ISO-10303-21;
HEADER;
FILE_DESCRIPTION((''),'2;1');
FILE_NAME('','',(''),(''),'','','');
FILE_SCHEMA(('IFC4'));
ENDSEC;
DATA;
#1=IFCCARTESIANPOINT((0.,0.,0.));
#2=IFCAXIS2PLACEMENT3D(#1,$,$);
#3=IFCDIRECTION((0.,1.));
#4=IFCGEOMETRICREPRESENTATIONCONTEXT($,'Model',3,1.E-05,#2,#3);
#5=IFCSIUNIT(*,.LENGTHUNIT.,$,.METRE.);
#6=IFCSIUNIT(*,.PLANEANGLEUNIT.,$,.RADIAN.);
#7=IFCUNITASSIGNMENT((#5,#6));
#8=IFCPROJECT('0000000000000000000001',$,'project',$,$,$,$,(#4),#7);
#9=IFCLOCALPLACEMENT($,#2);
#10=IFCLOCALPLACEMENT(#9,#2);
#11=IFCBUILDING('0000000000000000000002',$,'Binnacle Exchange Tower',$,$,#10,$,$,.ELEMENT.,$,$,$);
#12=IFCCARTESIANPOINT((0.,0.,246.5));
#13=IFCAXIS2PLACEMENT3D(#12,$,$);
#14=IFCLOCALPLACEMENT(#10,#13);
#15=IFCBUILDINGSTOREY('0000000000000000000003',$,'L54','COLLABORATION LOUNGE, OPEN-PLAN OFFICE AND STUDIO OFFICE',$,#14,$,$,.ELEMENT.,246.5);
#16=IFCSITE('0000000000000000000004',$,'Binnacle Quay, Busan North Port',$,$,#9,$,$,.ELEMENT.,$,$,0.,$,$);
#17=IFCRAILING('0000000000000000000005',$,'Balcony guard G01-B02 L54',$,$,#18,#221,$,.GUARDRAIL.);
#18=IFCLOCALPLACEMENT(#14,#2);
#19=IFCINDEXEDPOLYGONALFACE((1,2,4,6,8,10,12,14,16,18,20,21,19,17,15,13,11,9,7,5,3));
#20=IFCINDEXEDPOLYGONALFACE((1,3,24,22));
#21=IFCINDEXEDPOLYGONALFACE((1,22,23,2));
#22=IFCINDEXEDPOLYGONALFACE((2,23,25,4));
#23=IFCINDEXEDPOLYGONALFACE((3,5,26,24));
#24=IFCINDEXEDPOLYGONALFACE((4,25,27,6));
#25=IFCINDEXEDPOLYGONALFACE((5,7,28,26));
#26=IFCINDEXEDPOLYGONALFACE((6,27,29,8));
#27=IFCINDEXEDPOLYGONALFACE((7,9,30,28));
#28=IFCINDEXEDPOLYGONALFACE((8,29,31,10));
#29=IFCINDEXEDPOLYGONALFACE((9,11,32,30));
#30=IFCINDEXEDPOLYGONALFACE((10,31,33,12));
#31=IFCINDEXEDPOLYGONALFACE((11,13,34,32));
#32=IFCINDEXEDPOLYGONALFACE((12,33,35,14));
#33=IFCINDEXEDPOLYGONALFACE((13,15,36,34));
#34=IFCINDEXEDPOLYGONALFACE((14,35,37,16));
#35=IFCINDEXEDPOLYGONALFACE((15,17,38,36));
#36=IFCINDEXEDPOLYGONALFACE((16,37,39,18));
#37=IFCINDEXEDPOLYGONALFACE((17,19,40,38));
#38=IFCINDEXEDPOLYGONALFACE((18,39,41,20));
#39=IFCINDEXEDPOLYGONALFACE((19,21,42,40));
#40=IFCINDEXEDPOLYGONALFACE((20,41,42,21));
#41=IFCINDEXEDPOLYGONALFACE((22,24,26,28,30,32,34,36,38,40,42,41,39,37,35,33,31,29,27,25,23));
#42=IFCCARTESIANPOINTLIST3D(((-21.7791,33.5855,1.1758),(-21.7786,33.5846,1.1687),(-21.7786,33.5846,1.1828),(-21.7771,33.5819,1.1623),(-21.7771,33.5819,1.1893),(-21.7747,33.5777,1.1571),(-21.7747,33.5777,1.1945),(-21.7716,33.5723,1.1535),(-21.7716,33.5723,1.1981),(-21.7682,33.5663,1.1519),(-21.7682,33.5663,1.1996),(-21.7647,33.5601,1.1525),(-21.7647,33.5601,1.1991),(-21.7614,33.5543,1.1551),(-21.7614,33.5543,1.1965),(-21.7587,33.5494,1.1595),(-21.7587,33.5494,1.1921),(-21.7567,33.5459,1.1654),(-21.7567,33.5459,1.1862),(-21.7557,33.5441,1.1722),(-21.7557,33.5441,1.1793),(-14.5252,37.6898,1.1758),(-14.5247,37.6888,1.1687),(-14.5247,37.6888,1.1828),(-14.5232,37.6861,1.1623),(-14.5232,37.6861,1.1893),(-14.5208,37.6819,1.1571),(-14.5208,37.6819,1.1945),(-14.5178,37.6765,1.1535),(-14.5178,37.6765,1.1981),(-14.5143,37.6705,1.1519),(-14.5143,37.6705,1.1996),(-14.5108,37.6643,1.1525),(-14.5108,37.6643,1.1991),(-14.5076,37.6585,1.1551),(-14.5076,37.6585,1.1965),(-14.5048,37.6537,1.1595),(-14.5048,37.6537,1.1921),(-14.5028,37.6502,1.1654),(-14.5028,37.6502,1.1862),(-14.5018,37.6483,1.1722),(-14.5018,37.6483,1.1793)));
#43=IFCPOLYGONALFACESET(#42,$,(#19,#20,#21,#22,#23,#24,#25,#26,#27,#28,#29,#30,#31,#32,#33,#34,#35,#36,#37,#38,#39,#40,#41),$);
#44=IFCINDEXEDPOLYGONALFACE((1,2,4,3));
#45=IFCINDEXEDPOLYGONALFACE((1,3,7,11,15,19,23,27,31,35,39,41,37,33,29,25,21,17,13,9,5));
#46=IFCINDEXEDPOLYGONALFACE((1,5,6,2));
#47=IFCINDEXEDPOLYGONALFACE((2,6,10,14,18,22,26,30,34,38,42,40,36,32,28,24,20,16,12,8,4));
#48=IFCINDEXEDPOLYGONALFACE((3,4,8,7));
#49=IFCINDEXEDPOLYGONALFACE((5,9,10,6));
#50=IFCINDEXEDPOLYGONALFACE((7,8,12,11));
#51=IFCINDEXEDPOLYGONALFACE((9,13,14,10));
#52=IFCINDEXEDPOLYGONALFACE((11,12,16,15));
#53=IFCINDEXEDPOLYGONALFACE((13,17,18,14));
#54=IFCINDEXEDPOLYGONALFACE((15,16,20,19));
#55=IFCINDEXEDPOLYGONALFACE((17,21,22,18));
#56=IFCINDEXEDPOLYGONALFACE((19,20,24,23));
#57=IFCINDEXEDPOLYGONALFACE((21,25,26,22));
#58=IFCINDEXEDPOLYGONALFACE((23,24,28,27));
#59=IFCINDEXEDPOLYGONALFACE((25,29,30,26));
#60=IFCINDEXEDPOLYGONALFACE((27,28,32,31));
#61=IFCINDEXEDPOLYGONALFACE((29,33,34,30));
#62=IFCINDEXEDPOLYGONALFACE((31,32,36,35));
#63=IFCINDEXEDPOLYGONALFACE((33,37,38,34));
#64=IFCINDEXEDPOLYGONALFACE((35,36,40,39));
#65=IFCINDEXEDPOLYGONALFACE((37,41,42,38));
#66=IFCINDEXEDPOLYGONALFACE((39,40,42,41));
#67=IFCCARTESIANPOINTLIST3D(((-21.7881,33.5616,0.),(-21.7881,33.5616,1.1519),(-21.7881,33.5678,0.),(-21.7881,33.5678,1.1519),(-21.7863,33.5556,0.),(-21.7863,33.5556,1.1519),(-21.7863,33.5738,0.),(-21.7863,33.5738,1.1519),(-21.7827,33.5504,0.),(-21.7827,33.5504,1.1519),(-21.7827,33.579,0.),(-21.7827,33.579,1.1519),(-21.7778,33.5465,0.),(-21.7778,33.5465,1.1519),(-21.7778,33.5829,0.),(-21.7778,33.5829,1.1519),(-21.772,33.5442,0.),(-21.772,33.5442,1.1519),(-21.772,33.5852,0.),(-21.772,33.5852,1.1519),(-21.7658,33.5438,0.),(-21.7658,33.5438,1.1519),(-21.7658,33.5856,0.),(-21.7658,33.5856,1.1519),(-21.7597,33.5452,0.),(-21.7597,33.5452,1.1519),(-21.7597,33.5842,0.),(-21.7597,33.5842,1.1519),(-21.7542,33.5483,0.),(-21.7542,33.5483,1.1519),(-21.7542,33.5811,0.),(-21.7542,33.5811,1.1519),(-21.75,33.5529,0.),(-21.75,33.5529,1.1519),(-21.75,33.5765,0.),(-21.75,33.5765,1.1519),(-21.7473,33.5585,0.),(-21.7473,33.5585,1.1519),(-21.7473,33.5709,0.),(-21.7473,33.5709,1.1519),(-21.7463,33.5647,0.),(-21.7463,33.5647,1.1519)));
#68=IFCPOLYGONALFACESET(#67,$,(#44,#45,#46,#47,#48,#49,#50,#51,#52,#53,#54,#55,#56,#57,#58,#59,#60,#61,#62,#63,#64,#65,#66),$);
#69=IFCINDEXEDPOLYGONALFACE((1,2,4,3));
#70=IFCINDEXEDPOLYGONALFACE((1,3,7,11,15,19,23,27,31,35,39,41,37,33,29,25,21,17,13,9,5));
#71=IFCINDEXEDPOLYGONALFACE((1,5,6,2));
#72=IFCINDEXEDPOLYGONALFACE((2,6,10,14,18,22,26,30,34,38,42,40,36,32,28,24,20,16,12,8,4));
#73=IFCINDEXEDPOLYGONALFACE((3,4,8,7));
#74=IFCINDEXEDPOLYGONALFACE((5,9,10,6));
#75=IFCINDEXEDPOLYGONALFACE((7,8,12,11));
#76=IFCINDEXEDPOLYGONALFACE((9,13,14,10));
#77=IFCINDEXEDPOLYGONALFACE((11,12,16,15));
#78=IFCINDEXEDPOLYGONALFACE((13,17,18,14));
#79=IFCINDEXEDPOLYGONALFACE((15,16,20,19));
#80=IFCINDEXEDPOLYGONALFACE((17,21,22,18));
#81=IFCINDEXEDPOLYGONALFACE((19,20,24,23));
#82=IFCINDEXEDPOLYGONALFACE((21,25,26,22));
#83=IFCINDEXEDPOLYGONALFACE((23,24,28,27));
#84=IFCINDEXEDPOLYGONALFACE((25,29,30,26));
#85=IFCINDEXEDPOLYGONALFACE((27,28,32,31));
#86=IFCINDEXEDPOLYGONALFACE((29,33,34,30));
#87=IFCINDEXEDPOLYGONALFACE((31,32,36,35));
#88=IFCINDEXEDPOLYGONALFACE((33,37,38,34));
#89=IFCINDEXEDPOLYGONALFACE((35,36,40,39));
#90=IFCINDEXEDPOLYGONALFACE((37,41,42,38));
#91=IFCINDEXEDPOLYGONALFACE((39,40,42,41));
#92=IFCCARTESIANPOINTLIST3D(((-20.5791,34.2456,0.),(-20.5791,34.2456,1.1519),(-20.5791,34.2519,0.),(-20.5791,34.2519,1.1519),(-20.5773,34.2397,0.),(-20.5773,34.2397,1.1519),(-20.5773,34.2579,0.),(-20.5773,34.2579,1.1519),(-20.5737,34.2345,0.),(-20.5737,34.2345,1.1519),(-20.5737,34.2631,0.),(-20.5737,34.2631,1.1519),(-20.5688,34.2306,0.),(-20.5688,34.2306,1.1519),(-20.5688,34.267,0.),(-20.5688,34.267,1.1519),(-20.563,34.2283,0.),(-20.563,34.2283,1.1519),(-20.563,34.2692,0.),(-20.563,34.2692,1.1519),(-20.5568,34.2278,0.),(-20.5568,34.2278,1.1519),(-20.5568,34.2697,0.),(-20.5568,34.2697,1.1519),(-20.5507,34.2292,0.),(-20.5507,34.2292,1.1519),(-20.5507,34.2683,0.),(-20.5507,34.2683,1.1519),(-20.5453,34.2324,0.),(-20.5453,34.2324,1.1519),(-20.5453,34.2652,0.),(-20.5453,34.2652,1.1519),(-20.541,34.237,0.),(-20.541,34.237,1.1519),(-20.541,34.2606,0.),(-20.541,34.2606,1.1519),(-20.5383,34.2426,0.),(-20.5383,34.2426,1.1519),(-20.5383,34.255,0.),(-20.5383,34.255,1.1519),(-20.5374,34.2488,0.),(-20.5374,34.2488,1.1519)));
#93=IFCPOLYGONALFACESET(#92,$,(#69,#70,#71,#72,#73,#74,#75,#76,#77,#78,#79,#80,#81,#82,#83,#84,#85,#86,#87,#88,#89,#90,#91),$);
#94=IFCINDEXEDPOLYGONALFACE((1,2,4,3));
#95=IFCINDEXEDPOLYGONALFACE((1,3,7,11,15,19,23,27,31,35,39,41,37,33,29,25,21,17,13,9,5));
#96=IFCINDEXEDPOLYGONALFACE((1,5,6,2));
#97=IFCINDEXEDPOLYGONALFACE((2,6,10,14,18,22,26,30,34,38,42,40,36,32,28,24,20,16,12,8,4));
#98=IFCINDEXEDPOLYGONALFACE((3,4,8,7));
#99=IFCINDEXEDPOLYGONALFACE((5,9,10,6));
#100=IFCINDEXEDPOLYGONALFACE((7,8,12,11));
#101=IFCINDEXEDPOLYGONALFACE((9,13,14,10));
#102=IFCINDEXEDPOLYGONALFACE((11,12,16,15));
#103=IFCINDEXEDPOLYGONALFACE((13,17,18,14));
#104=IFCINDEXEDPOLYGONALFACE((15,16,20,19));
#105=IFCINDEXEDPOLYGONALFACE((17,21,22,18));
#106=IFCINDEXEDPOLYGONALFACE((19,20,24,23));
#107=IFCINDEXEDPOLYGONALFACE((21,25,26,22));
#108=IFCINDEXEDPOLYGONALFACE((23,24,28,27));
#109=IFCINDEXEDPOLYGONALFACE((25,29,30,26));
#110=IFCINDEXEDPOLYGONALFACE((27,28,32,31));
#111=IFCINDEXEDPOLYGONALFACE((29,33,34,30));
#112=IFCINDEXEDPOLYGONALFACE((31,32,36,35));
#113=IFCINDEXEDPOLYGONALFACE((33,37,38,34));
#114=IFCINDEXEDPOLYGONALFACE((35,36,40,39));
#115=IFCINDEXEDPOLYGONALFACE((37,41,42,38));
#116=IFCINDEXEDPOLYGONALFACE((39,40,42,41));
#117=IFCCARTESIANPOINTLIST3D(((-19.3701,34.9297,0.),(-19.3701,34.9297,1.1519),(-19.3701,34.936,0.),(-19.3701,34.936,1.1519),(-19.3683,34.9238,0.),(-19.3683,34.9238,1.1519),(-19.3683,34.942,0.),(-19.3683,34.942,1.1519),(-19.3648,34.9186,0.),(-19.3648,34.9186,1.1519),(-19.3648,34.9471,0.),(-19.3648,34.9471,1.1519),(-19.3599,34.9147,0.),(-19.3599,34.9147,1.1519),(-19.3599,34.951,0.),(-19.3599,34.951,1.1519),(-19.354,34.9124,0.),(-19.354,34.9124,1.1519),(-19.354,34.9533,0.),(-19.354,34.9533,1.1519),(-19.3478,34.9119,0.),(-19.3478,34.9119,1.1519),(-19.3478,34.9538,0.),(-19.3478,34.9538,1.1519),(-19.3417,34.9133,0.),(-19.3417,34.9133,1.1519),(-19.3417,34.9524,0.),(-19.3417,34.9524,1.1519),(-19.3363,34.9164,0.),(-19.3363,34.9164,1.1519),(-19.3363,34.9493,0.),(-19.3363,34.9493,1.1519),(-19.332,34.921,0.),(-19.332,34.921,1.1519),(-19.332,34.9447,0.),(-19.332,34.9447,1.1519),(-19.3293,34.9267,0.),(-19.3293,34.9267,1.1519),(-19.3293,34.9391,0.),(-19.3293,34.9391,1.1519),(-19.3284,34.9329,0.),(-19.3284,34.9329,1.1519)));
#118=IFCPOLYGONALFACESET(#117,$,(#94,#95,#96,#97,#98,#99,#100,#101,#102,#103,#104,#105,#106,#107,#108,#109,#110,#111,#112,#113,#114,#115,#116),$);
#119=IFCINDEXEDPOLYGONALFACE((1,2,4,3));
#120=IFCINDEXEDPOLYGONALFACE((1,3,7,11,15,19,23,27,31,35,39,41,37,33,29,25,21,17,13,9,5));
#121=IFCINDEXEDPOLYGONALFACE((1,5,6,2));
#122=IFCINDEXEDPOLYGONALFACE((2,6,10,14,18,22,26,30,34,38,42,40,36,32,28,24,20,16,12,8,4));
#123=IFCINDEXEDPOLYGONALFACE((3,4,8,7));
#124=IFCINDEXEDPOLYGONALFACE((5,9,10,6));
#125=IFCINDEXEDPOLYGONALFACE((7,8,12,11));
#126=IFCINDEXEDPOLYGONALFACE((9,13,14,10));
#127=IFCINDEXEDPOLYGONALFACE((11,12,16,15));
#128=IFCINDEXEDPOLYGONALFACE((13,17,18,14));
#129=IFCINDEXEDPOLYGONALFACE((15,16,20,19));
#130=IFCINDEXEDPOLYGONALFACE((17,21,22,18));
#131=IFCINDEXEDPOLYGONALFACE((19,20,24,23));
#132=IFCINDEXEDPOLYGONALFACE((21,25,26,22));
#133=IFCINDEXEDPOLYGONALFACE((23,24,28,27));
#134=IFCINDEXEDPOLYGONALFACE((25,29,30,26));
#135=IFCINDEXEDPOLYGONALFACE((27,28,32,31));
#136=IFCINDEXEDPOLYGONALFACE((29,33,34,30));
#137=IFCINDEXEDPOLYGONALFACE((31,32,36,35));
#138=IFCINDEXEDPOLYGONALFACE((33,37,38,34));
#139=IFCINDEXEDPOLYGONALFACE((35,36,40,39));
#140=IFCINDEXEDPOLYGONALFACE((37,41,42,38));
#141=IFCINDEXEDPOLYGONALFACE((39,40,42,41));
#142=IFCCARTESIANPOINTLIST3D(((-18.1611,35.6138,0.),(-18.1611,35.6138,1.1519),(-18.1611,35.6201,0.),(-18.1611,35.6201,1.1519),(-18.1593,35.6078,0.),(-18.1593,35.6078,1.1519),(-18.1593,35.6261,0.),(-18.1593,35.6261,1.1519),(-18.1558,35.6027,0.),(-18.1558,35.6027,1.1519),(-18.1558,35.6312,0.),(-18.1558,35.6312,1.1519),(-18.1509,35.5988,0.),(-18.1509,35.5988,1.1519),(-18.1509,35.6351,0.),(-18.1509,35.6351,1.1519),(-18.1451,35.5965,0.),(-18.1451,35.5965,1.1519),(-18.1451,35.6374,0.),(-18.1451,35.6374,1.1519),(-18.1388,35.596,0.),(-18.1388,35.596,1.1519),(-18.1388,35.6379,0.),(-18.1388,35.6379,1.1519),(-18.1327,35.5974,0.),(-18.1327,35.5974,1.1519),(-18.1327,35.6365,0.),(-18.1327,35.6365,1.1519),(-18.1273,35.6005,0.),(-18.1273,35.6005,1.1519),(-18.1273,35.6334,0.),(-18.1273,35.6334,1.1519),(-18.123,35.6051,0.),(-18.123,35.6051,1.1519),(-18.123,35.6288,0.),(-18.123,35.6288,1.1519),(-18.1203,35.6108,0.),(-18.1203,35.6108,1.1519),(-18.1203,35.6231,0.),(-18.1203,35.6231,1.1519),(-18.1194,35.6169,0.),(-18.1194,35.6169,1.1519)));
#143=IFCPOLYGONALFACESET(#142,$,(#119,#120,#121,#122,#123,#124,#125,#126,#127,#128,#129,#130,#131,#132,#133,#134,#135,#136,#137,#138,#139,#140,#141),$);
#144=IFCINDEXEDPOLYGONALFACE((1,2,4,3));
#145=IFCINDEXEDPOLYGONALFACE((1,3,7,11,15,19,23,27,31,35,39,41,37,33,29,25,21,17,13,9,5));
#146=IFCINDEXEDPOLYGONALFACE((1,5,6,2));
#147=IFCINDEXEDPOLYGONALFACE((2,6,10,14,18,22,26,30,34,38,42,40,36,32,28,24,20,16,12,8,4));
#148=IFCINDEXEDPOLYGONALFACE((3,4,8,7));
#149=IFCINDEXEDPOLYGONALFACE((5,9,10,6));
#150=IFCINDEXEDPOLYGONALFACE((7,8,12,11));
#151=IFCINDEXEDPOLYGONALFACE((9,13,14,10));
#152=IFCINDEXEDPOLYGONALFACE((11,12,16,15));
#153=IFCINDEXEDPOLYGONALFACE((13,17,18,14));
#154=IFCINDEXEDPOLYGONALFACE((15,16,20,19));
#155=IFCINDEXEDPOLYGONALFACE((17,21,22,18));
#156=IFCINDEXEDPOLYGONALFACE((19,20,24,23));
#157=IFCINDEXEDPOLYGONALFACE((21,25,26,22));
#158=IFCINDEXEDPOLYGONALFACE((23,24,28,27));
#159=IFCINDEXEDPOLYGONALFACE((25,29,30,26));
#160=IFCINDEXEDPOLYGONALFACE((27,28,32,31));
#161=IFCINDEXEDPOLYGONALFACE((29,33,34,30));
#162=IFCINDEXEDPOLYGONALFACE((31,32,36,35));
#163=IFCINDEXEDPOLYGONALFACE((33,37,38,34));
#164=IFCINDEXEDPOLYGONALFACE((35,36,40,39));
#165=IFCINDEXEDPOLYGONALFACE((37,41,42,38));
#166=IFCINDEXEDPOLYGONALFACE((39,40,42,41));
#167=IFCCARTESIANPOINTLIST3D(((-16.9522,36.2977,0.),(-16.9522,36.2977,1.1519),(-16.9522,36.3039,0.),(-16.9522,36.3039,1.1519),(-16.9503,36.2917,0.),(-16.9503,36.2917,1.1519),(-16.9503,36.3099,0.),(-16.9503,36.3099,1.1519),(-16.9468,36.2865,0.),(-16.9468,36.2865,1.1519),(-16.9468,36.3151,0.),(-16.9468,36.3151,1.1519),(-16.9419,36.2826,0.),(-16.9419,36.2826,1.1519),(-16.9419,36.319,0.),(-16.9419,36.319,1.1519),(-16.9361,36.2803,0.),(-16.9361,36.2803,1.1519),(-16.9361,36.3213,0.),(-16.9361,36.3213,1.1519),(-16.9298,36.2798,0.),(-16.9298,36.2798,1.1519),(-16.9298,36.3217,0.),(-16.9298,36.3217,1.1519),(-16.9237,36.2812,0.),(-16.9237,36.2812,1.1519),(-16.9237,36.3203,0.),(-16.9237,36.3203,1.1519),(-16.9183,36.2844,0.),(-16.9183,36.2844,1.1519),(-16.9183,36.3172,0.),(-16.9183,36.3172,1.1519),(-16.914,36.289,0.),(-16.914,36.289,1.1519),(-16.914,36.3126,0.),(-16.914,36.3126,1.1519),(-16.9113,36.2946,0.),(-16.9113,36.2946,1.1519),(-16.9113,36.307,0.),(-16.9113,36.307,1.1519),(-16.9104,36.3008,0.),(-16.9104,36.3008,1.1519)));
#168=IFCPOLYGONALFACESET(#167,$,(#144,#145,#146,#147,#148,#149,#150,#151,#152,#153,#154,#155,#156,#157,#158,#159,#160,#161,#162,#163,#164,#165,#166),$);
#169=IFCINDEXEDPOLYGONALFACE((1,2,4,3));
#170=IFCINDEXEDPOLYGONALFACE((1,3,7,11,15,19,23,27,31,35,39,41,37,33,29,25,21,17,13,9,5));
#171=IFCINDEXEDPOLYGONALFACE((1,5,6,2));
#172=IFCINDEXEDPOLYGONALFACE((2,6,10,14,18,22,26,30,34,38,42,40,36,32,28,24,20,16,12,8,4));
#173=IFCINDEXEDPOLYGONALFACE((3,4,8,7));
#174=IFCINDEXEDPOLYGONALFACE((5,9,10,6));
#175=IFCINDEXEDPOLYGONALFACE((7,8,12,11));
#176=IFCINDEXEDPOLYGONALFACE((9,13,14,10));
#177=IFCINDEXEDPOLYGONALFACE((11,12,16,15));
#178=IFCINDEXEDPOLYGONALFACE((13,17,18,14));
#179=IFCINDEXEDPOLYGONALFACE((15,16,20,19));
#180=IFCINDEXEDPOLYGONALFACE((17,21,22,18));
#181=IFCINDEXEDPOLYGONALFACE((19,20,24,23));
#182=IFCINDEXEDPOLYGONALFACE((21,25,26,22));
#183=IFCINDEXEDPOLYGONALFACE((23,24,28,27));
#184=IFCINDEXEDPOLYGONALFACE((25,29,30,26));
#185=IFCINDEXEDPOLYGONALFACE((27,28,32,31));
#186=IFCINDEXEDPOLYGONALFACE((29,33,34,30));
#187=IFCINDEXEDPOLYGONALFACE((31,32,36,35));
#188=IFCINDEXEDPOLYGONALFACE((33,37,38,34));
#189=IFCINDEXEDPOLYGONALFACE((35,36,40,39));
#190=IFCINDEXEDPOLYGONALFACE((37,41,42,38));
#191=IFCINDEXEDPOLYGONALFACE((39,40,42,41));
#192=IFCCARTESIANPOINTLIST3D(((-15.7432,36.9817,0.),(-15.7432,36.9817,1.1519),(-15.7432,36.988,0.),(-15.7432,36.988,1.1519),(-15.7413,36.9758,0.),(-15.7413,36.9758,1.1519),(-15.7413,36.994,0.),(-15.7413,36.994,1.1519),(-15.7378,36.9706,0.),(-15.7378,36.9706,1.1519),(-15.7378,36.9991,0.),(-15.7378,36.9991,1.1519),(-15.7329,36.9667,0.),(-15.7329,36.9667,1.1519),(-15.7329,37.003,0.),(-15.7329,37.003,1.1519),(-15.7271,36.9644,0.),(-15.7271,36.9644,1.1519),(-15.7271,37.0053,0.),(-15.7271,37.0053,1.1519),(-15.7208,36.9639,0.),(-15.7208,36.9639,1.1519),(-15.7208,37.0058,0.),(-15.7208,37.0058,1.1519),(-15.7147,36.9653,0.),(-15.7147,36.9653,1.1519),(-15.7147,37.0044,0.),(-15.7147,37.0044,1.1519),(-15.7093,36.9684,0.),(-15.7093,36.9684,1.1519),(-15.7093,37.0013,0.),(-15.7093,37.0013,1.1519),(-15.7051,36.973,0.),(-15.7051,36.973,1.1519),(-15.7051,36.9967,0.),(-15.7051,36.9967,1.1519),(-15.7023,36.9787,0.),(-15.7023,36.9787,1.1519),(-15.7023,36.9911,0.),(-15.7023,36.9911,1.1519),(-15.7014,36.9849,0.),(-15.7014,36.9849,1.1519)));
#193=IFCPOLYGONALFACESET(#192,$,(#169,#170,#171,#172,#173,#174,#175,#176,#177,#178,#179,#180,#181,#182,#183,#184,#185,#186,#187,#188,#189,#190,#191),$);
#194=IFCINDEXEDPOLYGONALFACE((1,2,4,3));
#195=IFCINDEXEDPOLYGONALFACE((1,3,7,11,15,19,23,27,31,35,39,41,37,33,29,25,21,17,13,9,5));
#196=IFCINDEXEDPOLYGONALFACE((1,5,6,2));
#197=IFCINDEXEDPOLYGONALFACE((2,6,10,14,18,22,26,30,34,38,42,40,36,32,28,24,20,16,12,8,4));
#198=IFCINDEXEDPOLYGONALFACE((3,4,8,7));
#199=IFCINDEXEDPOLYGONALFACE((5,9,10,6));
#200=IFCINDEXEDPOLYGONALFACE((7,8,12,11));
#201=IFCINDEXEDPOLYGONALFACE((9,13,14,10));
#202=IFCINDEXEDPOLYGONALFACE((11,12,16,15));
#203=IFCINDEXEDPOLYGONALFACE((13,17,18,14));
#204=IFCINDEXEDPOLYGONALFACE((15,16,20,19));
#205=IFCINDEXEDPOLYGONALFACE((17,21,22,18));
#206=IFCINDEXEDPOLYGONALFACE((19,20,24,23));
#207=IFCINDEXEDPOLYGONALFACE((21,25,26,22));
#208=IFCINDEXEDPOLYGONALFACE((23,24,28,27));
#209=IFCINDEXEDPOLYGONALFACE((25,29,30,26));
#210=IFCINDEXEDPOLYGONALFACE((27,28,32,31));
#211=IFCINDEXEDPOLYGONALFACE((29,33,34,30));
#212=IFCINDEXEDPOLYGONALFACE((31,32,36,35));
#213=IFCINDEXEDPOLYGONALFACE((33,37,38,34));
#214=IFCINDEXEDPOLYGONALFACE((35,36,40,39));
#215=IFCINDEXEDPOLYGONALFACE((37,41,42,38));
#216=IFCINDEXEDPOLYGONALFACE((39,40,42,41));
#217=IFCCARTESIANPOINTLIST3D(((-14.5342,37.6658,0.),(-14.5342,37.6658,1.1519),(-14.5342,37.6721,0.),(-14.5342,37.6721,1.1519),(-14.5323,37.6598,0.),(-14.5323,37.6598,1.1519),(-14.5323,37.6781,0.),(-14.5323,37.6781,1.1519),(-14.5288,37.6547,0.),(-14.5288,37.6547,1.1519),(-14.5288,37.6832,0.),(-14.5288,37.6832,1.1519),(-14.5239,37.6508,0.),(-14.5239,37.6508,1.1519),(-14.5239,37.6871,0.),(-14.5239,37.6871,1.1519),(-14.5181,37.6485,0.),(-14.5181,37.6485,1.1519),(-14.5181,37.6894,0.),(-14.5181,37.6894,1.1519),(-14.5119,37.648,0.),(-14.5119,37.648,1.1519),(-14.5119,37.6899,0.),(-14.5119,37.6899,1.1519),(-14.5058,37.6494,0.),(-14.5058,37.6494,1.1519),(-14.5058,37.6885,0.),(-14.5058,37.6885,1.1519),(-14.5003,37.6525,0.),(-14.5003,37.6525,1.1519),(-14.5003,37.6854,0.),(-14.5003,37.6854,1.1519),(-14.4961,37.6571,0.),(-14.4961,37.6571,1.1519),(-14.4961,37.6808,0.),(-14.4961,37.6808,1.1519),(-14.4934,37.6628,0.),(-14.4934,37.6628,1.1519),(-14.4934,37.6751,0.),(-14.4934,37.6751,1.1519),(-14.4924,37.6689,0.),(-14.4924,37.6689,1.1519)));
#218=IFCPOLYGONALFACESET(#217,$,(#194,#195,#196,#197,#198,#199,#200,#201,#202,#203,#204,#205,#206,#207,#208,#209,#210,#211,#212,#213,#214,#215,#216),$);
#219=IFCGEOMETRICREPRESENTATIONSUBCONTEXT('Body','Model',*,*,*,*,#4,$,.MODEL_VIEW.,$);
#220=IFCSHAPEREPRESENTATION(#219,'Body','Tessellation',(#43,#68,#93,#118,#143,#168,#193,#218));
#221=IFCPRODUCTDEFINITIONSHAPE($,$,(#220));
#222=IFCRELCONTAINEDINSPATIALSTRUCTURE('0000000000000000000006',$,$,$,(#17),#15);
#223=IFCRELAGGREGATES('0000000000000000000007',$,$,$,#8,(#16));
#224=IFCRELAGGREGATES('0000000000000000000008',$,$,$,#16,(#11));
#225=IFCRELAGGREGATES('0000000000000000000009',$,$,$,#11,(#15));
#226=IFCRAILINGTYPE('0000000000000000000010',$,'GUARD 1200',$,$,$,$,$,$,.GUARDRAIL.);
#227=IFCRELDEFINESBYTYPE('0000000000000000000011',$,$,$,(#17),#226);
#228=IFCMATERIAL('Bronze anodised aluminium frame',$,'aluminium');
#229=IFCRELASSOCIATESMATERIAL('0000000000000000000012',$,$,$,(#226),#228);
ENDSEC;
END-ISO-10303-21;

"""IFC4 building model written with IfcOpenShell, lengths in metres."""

from ifc_helpers import new_model, si_unit, direction, frame, origin, origin_2d, place, context, subcontext, project, spatial, circle, extrude, material, type_object, element, save


model = new_model("IFC4")

# Units and contexts
model_context = context("Model", 3, precision=1e-05, world=origin(), true_north=direction((0.0, 1.0)))
body_context = subcontext(model_context, "Body", "Model", "MODEL_VIEW")
ifc_project = project(units=[si_unit("LENGTHUNIT", "METRE"), si_unit("PLANEANGLEUNIT", "RADIAN")], contexts=[model_context])

# Site, building, storey
site_placement = place(None, origin())
site = spatial("IfcSite", under=ifc_project, at=site_placement, Name="Binnacle Quay, Busan North Port", CompositionType="ELEMENT", RefElevation=0.0)
building_placement = place(site_placement, origin())
building = spatial("IfcBuilding", under=site, at=building_placement, Name="Binnacle Exchange Tower", CompositionType="ELEMENT")
storey_placement = place(building_placement, frame((0.0, 0.0, 246.5)))
storey = spatial("IfcBuildingStorey", under=building, at=storey_placement, Name="L54", Description="COLLABORATION LOUNGE, OPEN-PLAN OFFICE AND STUDIO OFFICE", CompositionType="ELEMENT", Elevation=246.5)

# Railing
ifc_material_1 = material(Name="Bronze anodised aluminium frame", Category="aluminium")
railing_type = type_object("IfcRailingType", Name="GUARD 1200", PredefinedType="GUARDRAIL", material=ifc_material_1)
railing_placement = place(storey_placement, frame((-21.7673, 33.5647, 0.0)))
element("IfcRailing", 1, at=railing_placement, inside=storey, type_object=railing_type, Name="Balcony guard G01-B02 L54", PredefinedType="GUARDRAIL", context=body_context, shape_type="SweptSolid", body=[
    extrude(circle(Radius=0.0239, at=origin_2d()), frame((0.0, 0.0, 1.1758), z_axis=(0.870346, 0.49244, 0.0), x_axis=(-0.49244, 0.870346, 0.0)), (0.0, 0.0, 1.0), 8.3345),
    extrude(circle(Radius=0.021, at=origin_2d()), origin(), (0.0, 0.0, 1.0), 1.1519),
    extrude(circle(Radius=0.021, at=origin_2d()), frame((1.209, 0.6841, 0.0)), (0.0, 0.0, 1.0), 1.1519),
    extrude(circle(Radius=0.021, at=origin_2d()), frame((2.418, 1.3682, 0.0)), (0.0, 0.0, 1.0), 1.1519),
    extrude(circle(Radius=0.021, at=origin_2d()), frame((3.627, 2.0522, 0.0)), (0.0, 0.0, 1.0), 1.1519),
    extrude(circle(Radius=0.021, at=origin_2d()), frame((4.8359, 2.7361, 0.0)), (0.0, 0.0, 1.0), 1.1519),
    extrude(circle(Radius=0.021, at=origin_2d()), frame((6.0449, 3.4202, 0.0)), (0.0, 0.0, 1.0), 1.1519),
    extrude(circle(Radius=0.021, at=origin_2d()), frame((7.2539, 4.1042, 0.0)), (0.0, 0.0, 1.0), 1.1519),
])

save(model, "model.ifc")
